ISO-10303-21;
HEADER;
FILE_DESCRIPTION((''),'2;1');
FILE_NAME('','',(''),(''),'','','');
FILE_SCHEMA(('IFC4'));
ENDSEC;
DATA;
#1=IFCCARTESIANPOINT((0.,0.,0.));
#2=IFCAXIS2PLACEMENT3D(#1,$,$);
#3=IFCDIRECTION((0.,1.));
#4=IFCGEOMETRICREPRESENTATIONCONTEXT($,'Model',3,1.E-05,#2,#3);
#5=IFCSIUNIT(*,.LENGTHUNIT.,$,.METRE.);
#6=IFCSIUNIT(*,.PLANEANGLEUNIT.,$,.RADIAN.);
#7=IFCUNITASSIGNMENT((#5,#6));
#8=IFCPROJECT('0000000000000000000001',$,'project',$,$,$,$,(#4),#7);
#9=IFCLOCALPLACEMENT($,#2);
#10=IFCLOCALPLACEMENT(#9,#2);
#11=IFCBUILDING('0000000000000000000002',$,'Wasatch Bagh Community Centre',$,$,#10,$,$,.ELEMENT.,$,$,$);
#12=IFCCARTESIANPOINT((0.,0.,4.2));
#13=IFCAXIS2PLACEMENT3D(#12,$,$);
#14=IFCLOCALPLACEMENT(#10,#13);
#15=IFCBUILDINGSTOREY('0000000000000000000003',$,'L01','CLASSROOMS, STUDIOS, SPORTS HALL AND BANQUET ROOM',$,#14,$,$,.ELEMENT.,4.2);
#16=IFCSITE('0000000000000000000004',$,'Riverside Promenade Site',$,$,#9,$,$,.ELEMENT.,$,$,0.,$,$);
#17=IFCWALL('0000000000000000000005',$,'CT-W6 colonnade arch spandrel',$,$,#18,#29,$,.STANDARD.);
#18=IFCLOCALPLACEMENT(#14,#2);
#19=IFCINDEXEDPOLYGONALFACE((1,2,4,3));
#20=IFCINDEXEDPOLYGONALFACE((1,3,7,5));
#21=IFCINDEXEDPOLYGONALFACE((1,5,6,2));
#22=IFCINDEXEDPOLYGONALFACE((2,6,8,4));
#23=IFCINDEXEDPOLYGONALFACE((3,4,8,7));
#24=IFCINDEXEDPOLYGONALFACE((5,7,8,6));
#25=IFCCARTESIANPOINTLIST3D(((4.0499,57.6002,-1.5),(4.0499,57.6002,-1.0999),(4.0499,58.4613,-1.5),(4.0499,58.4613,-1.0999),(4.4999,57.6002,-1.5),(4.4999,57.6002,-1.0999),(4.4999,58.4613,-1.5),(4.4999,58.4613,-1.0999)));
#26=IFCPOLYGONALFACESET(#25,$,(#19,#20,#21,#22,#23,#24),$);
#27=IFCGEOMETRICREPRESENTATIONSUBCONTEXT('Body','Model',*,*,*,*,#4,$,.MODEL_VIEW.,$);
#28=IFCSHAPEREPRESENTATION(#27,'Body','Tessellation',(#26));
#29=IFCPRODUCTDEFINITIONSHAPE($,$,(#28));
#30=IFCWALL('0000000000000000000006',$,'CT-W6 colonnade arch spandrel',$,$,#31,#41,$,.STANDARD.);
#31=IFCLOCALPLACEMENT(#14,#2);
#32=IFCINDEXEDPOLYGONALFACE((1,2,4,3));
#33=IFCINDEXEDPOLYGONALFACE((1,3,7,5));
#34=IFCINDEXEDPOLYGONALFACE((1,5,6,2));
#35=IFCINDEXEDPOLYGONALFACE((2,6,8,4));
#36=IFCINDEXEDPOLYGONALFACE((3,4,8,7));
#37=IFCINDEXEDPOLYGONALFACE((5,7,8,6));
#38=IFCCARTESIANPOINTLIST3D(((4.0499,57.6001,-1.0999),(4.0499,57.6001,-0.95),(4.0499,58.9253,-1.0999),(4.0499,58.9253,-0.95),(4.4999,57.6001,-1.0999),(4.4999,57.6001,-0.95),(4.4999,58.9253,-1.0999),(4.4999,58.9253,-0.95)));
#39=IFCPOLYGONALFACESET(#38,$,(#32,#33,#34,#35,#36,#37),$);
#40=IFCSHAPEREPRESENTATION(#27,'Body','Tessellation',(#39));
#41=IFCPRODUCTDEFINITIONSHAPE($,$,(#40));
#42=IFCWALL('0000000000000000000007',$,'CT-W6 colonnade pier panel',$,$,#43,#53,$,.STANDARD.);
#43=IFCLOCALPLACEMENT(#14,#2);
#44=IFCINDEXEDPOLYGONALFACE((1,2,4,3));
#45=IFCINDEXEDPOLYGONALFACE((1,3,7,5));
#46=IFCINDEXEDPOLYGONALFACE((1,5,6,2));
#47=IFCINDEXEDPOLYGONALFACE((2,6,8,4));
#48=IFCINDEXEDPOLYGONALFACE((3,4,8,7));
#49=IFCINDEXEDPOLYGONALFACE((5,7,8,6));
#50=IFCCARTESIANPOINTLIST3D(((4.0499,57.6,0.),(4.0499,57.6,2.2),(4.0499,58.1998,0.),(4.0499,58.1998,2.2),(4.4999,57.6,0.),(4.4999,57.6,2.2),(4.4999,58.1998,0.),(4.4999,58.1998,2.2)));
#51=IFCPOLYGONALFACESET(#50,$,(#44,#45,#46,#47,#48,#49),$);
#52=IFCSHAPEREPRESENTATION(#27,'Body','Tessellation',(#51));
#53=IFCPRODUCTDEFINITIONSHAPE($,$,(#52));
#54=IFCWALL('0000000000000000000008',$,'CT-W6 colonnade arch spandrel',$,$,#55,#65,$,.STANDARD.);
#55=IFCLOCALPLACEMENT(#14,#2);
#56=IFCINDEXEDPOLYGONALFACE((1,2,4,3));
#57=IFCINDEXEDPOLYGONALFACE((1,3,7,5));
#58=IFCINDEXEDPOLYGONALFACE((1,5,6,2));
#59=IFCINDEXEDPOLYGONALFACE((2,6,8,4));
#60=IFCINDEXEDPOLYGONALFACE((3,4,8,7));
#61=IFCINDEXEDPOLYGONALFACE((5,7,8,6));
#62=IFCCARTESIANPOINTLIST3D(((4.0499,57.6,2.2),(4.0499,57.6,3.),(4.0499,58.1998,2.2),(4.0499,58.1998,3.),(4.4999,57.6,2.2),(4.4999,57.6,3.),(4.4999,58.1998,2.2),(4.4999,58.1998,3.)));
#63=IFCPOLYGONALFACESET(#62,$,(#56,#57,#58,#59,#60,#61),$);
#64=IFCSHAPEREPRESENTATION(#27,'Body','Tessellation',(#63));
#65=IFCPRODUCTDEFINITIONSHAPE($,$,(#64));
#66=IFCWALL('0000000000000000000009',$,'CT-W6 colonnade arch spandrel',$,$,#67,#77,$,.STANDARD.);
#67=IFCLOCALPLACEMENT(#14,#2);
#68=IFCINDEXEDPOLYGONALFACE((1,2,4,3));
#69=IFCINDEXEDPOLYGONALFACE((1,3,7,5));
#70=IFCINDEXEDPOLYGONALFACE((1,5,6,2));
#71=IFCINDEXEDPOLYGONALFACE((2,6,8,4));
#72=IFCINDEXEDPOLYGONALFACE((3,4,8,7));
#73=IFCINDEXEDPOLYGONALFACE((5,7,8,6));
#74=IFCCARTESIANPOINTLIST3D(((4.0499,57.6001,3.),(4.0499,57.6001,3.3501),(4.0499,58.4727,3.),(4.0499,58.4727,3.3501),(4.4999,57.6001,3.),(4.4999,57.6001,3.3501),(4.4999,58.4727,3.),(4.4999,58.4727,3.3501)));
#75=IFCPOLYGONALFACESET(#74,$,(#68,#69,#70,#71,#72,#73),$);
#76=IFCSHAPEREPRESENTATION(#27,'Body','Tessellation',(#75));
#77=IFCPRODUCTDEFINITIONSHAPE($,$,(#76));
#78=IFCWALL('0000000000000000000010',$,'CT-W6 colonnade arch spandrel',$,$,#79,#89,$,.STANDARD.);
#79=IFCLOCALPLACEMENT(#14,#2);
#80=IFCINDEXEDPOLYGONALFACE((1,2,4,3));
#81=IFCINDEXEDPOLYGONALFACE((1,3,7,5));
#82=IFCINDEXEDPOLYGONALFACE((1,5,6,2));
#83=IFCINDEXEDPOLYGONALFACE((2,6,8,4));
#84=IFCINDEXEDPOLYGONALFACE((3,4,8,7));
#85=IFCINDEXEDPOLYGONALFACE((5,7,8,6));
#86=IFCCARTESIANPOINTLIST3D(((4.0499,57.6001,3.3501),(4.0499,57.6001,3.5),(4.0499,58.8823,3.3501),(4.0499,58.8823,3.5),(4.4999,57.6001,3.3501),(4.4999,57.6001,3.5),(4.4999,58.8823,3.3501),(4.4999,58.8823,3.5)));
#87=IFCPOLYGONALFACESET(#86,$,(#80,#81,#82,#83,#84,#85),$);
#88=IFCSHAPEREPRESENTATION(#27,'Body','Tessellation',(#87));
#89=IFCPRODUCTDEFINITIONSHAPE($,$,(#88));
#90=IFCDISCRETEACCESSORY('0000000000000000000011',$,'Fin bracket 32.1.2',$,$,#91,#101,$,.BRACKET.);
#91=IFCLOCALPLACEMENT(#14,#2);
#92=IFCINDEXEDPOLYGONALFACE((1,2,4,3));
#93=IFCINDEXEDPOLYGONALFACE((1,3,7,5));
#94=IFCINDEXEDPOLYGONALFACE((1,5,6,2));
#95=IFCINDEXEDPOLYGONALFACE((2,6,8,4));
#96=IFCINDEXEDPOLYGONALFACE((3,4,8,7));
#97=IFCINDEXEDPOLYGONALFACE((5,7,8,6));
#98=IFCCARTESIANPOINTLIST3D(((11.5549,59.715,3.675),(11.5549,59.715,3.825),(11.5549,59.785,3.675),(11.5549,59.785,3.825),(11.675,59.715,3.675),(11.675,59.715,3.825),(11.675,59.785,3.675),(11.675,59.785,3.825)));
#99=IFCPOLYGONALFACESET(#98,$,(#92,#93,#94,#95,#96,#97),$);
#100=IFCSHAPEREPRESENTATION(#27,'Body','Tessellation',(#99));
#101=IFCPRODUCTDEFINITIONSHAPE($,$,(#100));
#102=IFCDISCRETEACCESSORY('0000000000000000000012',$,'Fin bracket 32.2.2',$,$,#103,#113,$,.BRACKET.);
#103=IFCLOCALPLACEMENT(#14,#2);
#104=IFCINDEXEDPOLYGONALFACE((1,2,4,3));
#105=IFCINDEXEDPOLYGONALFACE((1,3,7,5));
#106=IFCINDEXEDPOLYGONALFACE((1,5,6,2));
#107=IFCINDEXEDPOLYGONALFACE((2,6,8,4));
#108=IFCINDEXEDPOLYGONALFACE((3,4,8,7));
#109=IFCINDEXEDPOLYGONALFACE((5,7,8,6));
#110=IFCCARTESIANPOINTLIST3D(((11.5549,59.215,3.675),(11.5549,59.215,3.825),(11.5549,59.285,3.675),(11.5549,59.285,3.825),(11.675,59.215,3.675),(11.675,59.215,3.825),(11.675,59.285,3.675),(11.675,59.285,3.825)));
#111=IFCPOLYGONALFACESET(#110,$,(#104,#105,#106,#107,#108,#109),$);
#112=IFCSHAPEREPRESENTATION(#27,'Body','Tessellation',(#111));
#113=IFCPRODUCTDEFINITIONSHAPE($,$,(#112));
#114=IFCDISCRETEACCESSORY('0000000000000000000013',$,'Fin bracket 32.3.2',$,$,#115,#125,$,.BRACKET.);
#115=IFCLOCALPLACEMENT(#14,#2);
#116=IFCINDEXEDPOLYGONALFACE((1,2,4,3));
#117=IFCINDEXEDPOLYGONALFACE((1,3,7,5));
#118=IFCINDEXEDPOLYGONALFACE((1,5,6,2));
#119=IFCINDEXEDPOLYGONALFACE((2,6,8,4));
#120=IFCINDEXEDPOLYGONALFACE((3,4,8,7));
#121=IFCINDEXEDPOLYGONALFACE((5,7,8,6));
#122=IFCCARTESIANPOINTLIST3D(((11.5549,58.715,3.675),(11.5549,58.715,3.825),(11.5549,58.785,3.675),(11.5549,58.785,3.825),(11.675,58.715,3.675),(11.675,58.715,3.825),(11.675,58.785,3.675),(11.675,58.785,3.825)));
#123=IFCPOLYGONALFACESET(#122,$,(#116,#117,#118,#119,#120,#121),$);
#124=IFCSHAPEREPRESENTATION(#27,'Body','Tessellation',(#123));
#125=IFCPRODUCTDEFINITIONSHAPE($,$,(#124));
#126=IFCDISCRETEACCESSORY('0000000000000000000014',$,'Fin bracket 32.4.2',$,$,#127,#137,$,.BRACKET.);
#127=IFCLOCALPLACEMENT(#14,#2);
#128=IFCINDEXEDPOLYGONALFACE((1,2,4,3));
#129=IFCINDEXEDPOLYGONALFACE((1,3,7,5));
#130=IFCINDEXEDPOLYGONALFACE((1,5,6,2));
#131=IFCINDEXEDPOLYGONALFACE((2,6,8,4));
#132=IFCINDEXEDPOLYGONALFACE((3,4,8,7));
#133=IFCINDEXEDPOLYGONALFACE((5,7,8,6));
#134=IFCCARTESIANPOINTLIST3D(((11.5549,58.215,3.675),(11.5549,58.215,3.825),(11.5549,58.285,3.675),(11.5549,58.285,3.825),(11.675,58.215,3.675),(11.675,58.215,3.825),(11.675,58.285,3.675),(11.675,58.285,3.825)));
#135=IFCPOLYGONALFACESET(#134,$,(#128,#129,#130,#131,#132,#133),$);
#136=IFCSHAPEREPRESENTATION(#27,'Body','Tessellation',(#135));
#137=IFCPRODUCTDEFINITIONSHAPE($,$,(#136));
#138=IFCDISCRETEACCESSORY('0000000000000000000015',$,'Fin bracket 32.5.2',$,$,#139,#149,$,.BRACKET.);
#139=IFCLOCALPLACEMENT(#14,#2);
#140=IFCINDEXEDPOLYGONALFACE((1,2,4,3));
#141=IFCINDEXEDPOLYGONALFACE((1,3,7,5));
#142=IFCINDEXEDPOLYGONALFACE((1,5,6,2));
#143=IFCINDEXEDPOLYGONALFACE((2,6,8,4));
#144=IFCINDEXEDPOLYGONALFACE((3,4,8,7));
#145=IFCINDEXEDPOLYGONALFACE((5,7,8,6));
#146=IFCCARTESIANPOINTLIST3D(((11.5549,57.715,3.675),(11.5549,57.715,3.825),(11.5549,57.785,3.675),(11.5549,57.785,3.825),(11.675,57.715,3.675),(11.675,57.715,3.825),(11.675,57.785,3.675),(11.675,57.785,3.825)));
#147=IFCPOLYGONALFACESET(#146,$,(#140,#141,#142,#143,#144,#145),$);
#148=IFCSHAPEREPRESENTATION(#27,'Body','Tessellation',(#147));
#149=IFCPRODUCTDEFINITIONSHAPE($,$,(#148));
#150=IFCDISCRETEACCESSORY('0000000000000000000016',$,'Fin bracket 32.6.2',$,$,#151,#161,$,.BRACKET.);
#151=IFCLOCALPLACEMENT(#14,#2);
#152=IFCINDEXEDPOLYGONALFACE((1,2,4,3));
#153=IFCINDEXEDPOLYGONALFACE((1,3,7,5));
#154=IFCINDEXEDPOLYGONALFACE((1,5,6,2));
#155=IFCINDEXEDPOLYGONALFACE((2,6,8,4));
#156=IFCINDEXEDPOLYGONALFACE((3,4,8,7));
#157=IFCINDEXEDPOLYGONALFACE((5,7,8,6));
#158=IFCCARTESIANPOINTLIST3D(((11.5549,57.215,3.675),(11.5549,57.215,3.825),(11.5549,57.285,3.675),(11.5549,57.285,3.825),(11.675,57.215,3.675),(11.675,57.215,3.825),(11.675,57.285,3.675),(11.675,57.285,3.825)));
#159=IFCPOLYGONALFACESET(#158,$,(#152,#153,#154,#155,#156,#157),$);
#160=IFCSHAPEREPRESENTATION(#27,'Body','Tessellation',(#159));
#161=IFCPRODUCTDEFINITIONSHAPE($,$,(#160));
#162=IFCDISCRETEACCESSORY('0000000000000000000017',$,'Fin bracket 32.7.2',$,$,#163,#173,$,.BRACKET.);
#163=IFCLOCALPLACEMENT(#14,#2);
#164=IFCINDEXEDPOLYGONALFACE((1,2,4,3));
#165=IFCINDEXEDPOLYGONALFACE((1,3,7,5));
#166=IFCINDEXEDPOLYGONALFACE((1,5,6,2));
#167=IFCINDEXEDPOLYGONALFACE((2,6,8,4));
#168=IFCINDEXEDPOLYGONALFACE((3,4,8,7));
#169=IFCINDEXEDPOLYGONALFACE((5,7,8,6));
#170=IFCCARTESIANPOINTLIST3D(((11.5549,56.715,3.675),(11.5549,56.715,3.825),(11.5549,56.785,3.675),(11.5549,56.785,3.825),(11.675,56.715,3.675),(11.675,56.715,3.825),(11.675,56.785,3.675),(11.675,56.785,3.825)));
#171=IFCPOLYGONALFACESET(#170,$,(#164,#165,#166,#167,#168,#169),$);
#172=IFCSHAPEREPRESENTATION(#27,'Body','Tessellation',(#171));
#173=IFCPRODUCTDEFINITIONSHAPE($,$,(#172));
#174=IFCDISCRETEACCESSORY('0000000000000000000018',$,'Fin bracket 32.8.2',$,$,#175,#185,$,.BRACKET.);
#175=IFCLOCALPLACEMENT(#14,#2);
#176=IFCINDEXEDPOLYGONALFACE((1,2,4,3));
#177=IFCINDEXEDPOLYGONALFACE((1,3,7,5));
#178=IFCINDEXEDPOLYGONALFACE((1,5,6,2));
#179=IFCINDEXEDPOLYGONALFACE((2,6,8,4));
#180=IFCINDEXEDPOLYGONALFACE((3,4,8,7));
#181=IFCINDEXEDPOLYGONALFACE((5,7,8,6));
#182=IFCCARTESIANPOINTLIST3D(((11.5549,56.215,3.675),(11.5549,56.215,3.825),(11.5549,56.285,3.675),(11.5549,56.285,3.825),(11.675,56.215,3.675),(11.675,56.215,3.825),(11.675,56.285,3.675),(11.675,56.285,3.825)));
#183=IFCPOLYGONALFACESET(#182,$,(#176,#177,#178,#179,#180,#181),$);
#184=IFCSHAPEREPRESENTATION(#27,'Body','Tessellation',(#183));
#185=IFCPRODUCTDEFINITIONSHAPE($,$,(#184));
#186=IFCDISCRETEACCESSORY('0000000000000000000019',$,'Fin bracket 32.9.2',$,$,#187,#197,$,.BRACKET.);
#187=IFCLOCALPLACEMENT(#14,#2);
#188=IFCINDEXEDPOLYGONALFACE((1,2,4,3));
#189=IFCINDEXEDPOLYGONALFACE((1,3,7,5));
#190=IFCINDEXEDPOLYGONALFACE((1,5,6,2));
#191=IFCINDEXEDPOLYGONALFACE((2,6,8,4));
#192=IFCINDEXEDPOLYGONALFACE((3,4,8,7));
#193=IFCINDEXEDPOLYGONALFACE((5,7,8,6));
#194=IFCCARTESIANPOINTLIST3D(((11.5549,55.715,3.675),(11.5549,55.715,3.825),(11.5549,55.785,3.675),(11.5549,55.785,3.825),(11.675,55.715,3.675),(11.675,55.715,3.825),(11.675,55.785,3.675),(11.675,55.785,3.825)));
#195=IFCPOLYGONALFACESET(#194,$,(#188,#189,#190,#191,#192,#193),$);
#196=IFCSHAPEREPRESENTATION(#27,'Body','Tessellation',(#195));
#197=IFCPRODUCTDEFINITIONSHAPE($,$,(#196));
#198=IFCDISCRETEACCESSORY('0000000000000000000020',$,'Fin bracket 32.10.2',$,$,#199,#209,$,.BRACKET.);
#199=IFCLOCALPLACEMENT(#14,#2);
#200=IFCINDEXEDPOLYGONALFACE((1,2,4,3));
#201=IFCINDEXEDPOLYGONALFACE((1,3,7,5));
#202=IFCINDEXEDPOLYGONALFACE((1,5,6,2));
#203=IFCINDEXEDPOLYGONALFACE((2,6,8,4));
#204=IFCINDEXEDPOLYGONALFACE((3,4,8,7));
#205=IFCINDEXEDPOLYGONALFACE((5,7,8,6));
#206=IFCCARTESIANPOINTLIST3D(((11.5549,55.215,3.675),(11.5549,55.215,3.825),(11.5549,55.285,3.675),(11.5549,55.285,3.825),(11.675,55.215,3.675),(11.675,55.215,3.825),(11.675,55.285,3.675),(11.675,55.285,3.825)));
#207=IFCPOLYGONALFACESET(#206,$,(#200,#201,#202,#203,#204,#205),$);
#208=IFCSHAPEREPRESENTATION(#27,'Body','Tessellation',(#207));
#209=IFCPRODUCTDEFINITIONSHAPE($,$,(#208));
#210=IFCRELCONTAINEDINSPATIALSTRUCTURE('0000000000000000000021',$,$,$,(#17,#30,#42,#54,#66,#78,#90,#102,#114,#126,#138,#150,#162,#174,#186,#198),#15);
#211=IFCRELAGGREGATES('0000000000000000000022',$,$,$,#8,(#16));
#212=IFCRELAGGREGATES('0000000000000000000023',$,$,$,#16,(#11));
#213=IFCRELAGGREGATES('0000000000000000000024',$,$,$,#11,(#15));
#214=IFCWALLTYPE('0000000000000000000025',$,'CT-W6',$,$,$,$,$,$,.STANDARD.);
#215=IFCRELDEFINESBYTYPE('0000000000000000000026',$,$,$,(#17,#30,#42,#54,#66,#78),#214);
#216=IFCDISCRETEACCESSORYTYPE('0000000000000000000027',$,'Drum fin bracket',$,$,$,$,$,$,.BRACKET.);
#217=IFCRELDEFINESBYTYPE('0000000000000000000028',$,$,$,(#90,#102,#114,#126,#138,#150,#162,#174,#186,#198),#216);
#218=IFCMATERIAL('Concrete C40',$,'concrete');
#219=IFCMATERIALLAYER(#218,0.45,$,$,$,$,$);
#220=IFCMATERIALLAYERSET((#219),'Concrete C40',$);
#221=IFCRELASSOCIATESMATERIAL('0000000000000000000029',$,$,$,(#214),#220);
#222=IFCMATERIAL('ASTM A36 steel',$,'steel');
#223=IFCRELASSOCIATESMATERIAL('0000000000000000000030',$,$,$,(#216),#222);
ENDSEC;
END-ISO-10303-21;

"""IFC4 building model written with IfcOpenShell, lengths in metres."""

from ifc_helpers import new_model, si_unit, direction, frame, frame_2d, origin, origin_2d, place, context, subcontext, project, spatial, rectangle, extrude, material, layer, layer_set, type_object, element, save


model = new_model("IFC4")

# Units and contexts
model_context = context("Model", 3, precision=1e-05, world=origin(), true_north=direction((0.0, 1.0)))
body_context = subcontext(model_context, "Body", "Model", "MODEL_VIEW")
ifc_project = project(units=[si_unit("LENGTHUNIT", "METRE"), si_unit("PLANEANGLEUNIT", "RADIAN")], contexts=[model_context])

# Site, building, storey
site_placement = place(None, origin())
site = spatial("IfcSite", under=ifc_project, at=site_placement, Name="Riverside Promenade Site", CompositionType="ELEMENT", RefElevation=0.0)
building_placement = place(site_placement, origin())
building = spatial("IfcBuilding", under=site, at=building_placement, Name="Wasatch Bagh Community Centre", CompositionType="ELEMENT")
storey_placement = place(building_placement, frame((0.0, 0.0, 4.2)))
storey = spatial("IfcBuildingStorey", under=building, at=storey_placement, Name="L01", Description="CLASSROOMS, STUDIOS, SPORTS HALL AND BANQUET ROOM", CompositionType="ELEMENT", Elevation=4.2)

# Shared definitions
ifc_material_1 = material(Name="Concrete C40", Category="concrete")

# Walls
ifc_layer_1 = layer(ifc_material_1, 0.45)
ifc_layer_set_1 = layer_set([ifc_layer_1], Name="Concrete C40")
wall_type_1 = type_object("IfcWallType", Name="CT-W6", PredefinedType="STANDARD", material=ifc_layer_set_1)
wall_1_placement = place(storey_placement, frame((4.2749, 57.6001, -1.5), z_axis=(0.0, 0.0, 1.0), x_axis=(0.0, 1.0, 0.0)))
element("IfcWall", 1, at=wall_1_placement, inside=storey, type_object=wall_type_1, Name="CT-W6 colonnade arch spandrel", PredefinedType="STANDARD", context=body_context, shape_type="SweptSolid", body=[
    extrude(rectangle(XDim=0.8611, YDim=0.45, at=frame_2d((0.4307, 0.0))), origin(), (0.0, 0.0, 1.0), 0.4001),
])
wall_2_placement = place(storey_placement, frame((4.2749, 57.6001, -1.0999), z_axis=(0.0, 0.0, 1.0), x_axis=(0.0, 1.0, 0.0)))
element("IfcWall", 2, at=wall_2_placement, inside=storey, type_object=wall_type_1, Name="CT-W6 colonnade arch spandrel", PredefinedType="STANDARD", context=body_context, shape_type="SweptSolid", body=[
    extrude(rectangle(XDim=1.3252, YDim=0.45, at=frame_2d((0.6626, 0.0))), origin(), (0.0, 0.0, 1.0), 0.1499),
])
wall_3_placement = place(storey_placement, frame((4.2749, 57.6001, 0.0), z_axis=(0.0, 0.0, 1.0), x_axis=(0.0, 1.0, 0.0)))
element("IfcWall", 3, at=wall_3_placement, inside=storey, type_object=wall_type_1, Name="CT-W6 colonnade pier panel", PredefinedType="STANDARD", context=body_context, shape_type="SweptSolid", body=[
    extrude(rectangle(XDim=0.5999, YDim=0.45, at=frame_2d((0.2998, 0.0))), origin(), (0.0, 0.0, 1.0), 2.2),
])
wall_4_placement = place(storey_placement, frame((4.2749, 57.6001, 2.2), z_axis=(0.0, 0.0, 1.0), x_axis=(0.0, 1.0, 0.0)))
element("IfcWall", 4, at=wall_4_placement, inside=storey, type_object=wall_type_1, Name="CT-W6 colonnade arch spandrel", PredefinedType="STANDARD", context=body_context, shape_type="SweptSolid", body=[
    extrude(rectangle(XDim=0.5999, YDim=0.45, at=frame_2d((0.2998, 0.0))), origin(), (0.0, 0.0, 1.0), 0.8),
])
wall_5_placement = place(storey_placement, frame((4.2749, 57.6001, 3.0), z_axis=(0.0, 0.0, 1.0), x_axis=(0.0, 1.0, 0.0)))
element("IfcWall", 5, at=wall_5_placement, inside=storey, type_object=wall_type_1, Name="CT-W6 colonnade arch spandrel", PredefinedType="STANDARD", context=body_context, shape_type="SweptSolid", body=[
    extrude(rectangle(XDim=0.8726, YDim=0.45, at=frame_2d((0.4363, 0.0))), origin(), (0.0, 0.0, 1.0), 0.3501),
])
wall_6_placement = place(storey_placement, frame((4.2749, 57.6001, 3.3501), z_axis=(0.0, 0.0, 1.0), x_axis=(0.0, 1.0, 0.0)))
element("IfcWall", 6, at=wall_6_placement, inside=storey, type_object=wall_type_1, Name="CT-W6 colonnade arch spandrel", PredefinedType="STANDARD", context=body_context, shape_type="SweptSolid", body=[
    extrude(rectangle(XDim=1.2822, YDim=0.45, at=frame_2d((0.6411, 0.0))), origin(), (0.0, 0.0, 1.0), 0.1499),
])

# Discrete accessories
ifc_material_2 = material(Name="ASTM A36 steel", Category="steel")
discrete_accessory_type = type_object("IfcDiscreteAccessoryType", Name="Drum fin bracket", PredefinedType="BRACKET", material=ifc_material_2)
for number, where, z_axis, x_axis, name in (
    (7, (11.615, 59.75, 3.675), (0.0, 0.0, 1.0), (0.0, -1.0, 0.0), "Fin bracket 32.1.2"),
    (8, (11.615, 59.25, 3.675), (0.0, 0.0, 1.0), (0.0, -1.0, 0.0), "Fin bracket 32.2.2"),
    (9, (11.615, 58.75, 3.675), (0.0, 0.0, 1.0), (0.0, -1.0, 0.0), "Fin bracket 32.3.2"),
    (10, (11.615, 58.25, 3.675), (0.0, 0.0, 1.0), (0.0, -1.0, 0.0), "Fin bracket 32.4.2"),
    (11, (11.615, 57.75, 3.675), (0.0, 0.0, 1.0), (0.0, -1.0, 0.0), "Fin bracket 32.5.2"),
    (12, (11.615, 57.25, 3.675), (0.0, 0.0, 1.0), (0.0, -1.0, 0.0), "Fin bracket 32.6.2"),
    (13, (11.615, 56.75, 3.675), (0.0, 0.0, 1.0), (0.0, -1.0, 0.0), "Fin bracket 32.7.2"),
    (14, (11.615, 56.25, 3.675), (0.0, 0.0, 1.0), (0.0, -1.0, 0.0), "Fin bracket 32.8.2"),
    (15, (11.615, 55.75, 3.675), (0.0, 0.0, 1.0), (0.0, -1.0, 0.0), "Fin bracket 32.9.2"),
    (16, (11.615, 55.25, 3.675), (0.0, 0.0, 1.0), (0.0, -1.0, 0.0), "Fin bracket 32.10.2"),
):
    element("IfcDiscreteAccessory", number, at=place(storey_placement, frame(where, z_axis=z_axis, x_axis=x_axis)), inside=storey, type_object=discrete_accessory_type, Name=name, PredefinedType="BRACKET", context=body_context, shape_type="SweptSolid", body=[
        extrude(rectangle(XDim=0.0701, YDim=0.1201, at=origin_2d()), origin(), (0.0, 0.0, 1.0), 0.1499),
    ])

save(model, "model.ifc")
